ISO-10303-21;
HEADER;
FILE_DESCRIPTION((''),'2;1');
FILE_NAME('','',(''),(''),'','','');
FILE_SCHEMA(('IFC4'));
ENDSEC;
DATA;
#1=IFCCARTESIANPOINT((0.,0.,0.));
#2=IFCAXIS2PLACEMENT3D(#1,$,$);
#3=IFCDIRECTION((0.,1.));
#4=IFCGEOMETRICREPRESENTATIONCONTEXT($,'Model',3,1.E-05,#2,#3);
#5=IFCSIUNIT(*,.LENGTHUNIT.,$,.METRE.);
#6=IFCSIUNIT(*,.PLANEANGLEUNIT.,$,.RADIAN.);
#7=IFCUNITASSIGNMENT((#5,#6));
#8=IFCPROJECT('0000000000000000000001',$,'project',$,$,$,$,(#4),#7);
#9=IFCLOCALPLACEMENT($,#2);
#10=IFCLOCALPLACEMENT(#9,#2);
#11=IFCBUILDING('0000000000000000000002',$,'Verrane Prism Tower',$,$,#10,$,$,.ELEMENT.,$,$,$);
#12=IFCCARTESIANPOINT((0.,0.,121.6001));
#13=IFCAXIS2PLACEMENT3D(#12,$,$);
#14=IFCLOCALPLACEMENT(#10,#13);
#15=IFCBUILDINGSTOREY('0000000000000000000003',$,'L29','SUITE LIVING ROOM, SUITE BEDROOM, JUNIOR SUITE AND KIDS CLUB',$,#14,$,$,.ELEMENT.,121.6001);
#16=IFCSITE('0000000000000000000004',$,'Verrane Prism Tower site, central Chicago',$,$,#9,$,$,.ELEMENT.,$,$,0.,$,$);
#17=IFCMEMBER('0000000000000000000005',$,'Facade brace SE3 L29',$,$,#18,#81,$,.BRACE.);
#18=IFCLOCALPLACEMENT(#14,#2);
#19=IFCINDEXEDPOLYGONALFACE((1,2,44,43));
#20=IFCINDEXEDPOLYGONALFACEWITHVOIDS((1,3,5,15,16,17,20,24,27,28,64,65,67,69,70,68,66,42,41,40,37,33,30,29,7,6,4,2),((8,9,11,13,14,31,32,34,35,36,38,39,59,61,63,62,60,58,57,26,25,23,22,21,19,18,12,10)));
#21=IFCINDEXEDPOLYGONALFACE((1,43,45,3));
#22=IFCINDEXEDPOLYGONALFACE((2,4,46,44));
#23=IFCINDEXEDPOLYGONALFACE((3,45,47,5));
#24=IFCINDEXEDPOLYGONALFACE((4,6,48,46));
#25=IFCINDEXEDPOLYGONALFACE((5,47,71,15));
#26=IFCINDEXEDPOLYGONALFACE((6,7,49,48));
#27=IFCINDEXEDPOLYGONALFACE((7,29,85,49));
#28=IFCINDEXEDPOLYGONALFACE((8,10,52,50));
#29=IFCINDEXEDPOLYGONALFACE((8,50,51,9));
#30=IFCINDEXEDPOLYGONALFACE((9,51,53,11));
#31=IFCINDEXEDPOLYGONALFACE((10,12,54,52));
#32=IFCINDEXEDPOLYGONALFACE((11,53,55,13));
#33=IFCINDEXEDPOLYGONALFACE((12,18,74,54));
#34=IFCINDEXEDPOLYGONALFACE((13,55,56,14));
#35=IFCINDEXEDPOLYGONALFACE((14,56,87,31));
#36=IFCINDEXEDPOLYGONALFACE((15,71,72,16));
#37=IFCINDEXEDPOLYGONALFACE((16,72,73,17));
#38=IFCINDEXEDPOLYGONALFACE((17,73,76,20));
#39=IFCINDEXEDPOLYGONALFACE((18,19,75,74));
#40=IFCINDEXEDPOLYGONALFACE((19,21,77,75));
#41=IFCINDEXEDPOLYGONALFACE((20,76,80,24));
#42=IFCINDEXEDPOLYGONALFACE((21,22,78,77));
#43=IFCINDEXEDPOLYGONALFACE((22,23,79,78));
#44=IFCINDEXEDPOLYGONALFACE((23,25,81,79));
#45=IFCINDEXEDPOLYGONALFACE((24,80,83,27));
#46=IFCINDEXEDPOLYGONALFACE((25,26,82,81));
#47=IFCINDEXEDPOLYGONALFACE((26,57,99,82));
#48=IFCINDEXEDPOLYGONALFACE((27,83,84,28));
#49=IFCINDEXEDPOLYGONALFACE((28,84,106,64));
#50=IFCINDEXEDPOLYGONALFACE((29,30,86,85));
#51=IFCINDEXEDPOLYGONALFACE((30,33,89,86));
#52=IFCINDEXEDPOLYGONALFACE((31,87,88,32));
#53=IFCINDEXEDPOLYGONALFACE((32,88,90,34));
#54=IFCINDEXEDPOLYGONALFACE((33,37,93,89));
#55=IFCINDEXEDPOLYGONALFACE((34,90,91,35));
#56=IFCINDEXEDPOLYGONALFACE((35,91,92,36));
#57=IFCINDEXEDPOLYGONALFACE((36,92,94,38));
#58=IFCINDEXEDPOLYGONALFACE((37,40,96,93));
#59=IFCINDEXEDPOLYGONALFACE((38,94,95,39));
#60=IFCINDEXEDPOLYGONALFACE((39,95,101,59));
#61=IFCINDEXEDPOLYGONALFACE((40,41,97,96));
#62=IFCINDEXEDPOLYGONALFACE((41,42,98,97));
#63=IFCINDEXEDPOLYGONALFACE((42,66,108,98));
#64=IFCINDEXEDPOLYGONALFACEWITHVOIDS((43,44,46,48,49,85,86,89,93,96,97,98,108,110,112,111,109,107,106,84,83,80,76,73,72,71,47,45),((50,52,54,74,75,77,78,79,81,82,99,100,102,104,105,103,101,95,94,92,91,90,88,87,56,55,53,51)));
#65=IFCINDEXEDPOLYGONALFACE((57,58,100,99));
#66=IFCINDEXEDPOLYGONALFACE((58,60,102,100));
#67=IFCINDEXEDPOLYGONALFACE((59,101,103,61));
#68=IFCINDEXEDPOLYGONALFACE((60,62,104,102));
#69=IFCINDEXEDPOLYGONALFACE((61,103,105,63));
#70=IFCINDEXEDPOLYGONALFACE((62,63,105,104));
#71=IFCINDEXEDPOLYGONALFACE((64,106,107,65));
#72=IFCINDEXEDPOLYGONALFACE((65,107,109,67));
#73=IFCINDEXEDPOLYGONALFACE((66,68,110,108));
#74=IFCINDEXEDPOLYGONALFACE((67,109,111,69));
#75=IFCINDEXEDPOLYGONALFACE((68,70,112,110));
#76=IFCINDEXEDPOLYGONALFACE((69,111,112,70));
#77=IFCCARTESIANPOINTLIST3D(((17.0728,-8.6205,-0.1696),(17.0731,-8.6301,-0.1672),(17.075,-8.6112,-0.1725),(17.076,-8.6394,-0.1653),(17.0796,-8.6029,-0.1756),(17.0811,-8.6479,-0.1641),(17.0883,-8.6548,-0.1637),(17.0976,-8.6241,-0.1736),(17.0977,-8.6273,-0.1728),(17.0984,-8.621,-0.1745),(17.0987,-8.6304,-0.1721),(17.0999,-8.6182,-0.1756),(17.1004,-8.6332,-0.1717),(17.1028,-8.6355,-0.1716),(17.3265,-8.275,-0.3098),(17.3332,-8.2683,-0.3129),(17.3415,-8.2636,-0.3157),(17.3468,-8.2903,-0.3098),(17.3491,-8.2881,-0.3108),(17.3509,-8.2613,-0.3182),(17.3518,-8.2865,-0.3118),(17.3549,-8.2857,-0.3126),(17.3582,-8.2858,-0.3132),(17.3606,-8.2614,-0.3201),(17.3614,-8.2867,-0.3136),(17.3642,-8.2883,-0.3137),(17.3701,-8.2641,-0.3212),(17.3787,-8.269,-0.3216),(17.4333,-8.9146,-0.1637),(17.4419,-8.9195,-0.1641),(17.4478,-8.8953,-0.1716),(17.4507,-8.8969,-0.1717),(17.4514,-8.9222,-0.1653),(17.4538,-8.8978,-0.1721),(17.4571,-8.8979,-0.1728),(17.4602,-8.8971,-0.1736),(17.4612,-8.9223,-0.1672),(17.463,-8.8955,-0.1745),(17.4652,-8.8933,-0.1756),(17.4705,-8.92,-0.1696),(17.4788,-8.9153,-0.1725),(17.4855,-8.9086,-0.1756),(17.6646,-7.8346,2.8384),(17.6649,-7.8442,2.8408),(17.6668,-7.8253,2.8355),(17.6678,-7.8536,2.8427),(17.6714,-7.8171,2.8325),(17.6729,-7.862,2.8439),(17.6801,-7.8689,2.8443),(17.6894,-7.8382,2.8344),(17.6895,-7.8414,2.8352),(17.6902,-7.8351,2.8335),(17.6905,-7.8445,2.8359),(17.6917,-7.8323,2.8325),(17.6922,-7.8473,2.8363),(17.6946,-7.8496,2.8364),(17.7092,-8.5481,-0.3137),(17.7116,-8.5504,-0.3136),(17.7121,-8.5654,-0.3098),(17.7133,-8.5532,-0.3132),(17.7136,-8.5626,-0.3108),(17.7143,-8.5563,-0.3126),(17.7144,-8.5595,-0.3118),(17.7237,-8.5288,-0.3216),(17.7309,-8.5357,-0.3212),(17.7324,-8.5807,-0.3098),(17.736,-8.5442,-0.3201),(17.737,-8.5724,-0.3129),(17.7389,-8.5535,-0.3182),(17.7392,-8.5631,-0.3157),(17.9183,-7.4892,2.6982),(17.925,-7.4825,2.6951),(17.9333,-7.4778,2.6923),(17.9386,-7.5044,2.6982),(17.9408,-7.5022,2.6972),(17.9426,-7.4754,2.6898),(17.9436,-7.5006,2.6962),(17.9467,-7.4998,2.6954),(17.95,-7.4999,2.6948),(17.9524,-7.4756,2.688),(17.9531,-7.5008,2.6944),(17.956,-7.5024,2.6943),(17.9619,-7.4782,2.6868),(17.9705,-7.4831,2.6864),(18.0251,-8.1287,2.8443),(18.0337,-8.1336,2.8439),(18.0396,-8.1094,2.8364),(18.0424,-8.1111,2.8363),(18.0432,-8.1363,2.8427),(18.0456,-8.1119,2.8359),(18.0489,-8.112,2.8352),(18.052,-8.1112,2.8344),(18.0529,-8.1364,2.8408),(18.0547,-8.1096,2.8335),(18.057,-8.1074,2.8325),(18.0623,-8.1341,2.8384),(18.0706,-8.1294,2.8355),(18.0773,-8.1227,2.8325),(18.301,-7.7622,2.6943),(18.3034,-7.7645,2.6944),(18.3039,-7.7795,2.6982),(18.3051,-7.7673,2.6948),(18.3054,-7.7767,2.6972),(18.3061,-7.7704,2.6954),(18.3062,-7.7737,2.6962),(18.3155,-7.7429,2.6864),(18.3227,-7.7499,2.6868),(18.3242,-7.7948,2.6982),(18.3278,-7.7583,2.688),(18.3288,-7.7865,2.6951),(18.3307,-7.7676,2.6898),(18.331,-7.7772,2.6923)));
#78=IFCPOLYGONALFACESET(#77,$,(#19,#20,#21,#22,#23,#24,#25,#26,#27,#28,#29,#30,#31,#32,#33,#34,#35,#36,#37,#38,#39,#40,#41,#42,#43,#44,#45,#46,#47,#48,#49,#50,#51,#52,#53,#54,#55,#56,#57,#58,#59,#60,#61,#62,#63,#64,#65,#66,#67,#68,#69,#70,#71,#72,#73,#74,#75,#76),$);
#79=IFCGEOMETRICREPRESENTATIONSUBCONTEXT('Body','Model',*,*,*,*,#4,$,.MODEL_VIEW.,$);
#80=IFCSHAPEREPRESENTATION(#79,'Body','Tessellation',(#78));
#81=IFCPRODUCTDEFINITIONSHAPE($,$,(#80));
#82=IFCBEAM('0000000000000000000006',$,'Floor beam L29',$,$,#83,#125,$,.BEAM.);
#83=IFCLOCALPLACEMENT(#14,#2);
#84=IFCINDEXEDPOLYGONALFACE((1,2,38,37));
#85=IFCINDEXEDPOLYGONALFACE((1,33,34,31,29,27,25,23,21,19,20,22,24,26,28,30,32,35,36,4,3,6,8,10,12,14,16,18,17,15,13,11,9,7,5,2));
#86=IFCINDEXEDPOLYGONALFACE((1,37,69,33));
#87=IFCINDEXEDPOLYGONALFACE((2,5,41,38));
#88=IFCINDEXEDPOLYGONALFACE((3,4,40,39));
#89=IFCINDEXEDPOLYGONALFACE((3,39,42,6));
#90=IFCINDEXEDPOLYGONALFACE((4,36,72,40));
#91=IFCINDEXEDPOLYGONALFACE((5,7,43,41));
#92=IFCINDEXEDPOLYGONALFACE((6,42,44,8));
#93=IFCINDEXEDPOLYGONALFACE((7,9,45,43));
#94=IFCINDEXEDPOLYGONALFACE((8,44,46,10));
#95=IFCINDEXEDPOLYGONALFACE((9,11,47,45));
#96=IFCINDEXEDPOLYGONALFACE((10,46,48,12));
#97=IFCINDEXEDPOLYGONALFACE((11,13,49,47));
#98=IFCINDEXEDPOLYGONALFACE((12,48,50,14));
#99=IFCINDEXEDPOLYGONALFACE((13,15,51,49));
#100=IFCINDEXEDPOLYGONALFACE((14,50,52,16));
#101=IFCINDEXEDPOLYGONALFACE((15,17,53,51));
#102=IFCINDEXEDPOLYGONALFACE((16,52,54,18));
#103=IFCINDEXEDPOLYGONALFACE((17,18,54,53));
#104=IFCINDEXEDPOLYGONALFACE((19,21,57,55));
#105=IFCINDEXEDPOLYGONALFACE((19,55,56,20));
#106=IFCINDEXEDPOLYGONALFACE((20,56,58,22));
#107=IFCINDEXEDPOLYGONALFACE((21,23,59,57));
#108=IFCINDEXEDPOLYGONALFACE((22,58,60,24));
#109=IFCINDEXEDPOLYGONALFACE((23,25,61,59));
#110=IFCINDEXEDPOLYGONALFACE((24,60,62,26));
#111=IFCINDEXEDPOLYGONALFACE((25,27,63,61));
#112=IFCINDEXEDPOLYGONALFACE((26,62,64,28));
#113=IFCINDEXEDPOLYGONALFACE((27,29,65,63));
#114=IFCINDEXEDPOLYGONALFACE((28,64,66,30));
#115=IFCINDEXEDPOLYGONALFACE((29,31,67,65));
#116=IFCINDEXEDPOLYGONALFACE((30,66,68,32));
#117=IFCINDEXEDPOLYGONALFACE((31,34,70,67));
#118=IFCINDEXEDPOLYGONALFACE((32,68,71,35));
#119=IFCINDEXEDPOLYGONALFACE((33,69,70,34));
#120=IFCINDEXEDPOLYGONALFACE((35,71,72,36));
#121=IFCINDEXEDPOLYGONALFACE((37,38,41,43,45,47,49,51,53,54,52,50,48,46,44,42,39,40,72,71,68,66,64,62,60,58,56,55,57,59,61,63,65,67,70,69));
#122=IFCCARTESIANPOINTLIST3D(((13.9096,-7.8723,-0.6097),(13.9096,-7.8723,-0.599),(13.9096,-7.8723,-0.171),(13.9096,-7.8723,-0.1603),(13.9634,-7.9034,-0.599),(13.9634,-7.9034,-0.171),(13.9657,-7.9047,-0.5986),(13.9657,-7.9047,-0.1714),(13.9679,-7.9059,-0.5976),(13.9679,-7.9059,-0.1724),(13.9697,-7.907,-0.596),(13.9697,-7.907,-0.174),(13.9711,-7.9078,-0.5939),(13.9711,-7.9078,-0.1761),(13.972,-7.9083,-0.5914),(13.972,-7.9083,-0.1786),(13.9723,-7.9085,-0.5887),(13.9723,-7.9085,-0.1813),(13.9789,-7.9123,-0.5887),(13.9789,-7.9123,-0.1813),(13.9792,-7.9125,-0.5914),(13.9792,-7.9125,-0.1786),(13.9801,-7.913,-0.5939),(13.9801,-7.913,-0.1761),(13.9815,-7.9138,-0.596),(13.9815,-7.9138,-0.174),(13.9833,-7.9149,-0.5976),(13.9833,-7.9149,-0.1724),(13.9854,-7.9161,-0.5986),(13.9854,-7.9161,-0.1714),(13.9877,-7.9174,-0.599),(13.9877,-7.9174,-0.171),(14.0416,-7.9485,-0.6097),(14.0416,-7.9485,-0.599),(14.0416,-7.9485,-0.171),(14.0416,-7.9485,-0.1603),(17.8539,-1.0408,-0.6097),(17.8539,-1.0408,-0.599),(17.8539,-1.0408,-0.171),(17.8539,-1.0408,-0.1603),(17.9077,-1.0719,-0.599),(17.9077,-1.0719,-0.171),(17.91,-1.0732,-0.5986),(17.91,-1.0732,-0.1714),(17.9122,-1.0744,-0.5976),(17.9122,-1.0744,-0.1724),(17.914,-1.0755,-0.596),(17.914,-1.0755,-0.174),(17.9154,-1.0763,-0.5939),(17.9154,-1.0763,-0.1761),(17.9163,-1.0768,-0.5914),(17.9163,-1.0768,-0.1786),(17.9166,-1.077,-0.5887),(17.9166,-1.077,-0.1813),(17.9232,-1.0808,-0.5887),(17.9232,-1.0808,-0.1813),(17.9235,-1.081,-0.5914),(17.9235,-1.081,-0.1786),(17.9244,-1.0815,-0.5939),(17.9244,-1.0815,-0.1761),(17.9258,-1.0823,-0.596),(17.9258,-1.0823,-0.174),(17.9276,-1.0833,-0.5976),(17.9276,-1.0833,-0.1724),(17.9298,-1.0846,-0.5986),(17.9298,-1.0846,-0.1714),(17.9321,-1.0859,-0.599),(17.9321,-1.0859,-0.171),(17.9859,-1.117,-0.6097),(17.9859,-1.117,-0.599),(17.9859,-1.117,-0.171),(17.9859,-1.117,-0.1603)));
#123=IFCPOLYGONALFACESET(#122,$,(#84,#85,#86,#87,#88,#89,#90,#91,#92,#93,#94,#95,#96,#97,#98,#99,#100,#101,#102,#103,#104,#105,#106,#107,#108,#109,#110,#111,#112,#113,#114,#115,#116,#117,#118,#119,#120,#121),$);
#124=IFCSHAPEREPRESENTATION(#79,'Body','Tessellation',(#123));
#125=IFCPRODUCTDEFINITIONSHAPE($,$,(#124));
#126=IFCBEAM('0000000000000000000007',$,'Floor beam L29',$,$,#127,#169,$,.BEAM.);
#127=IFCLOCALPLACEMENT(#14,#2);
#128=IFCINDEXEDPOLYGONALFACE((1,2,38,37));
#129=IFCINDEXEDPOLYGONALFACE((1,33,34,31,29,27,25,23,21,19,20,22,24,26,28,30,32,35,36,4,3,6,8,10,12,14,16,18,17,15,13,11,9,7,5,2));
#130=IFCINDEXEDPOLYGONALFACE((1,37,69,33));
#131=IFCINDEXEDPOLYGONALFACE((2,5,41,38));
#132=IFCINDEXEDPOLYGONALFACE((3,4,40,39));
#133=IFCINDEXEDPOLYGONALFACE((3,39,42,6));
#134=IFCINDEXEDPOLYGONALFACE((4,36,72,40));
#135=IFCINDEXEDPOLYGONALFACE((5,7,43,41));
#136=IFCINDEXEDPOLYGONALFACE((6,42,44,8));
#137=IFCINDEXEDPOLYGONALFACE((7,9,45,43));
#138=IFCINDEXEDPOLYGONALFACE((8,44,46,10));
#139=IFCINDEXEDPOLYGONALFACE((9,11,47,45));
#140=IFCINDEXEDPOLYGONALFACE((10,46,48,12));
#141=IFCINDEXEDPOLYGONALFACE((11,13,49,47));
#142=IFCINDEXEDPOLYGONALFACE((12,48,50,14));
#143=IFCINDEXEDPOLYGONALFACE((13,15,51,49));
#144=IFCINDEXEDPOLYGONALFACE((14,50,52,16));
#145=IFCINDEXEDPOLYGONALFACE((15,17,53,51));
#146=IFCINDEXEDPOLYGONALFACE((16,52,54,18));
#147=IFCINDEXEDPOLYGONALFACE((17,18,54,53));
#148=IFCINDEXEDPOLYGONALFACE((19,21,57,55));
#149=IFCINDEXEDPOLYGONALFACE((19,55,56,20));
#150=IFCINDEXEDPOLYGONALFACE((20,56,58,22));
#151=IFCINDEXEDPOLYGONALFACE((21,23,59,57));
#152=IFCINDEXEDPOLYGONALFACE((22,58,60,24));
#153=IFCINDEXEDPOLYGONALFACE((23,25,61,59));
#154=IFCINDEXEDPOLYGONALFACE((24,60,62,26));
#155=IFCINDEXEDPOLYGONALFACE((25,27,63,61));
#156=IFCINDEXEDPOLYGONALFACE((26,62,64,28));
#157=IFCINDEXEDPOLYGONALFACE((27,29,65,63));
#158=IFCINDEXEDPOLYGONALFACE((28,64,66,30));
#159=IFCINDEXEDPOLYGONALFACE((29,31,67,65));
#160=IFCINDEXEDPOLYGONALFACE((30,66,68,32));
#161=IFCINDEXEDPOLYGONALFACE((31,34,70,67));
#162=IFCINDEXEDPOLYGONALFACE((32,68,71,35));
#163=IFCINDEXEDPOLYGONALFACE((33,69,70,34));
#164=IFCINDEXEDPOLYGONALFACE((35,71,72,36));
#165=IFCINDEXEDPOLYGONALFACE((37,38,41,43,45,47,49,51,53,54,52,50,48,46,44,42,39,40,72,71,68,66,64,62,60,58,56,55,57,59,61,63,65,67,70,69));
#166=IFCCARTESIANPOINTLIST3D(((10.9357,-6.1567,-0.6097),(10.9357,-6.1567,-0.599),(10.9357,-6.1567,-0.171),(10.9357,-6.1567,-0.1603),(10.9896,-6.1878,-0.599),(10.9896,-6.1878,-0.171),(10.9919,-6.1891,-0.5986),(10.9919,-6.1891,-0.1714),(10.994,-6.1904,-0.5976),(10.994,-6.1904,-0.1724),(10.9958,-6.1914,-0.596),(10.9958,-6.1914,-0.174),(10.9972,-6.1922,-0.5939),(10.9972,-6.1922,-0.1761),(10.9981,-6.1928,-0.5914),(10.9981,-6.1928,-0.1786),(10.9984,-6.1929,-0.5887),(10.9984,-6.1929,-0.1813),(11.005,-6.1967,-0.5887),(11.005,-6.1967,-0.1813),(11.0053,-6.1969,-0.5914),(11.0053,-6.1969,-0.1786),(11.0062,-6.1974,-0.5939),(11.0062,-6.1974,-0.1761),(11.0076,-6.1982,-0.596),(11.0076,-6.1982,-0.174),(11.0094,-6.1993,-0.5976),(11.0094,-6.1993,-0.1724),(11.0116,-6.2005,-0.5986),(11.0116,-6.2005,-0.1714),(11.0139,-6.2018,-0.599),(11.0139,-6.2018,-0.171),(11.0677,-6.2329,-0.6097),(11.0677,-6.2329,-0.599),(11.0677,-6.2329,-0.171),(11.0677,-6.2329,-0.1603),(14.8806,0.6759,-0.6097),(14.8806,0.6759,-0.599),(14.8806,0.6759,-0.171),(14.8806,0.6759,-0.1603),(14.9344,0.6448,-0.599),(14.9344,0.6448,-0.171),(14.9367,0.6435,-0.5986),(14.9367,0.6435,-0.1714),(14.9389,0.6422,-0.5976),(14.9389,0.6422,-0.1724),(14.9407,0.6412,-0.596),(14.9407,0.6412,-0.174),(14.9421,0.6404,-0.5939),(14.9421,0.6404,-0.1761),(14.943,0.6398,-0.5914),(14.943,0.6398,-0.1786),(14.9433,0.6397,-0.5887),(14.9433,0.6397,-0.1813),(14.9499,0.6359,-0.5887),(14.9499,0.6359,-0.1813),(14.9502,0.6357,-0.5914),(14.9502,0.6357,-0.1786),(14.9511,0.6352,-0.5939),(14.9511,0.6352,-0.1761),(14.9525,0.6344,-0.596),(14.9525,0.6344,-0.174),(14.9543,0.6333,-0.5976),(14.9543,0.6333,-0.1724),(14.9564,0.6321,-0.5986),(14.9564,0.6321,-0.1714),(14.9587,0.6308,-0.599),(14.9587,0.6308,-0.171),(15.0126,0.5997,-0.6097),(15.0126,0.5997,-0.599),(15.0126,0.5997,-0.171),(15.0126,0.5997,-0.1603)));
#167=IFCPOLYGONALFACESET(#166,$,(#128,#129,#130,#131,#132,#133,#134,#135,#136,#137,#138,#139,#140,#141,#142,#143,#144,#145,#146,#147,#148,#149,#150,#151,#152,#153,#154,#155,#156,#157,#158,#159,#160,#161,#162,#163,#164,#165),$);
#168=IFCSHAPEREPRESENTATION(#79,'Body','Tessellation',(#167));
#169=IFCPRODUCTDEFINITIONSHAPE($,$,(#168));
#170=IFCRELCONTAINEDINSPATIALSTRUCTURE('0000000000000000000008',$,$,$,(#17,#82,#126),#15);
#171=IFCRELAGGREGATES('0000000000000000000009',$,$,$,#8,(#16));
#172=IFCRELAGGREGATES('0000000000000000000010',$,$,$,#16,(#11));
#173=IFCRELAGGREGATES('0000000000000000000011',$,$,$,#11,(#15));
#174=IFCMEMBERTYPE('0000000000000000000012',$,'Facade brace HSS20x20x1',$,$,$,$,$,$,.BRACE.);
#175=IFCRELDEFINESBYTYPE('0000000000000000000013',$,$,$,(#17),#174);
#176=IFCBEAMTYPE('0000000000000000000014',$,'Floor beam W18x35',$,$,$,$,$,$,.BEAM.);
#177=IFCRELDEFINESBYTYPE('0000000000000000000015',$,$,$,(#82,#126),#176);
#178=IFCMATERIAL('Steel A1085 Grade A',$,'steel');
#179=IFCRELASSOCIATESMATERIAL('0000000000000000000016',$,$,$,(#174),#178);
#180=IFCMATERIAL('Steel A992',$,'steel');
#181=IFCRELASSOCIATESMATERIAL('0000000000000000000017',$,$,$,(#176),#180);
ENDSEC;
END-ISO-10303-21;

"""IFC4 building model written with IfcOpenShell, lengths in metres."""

from ifc_helpers import new_model, si_unit, direction, frame, origin, origin_2d, place, context, subcontext, project, spatial, hollow_rectangle, i_section, extrude, material, material_profile, profile_set, type_object, element, save


model = new_model("IFC4")

# Units and contexts
model_context = context("Model", 3, precision=1e-05, world=origin(), true_north=direction((0.0, 1.0)))
body_context = subcontext(model_context, "Body", "Model", "MODEL_VIEW")
ifc_project = project(units=[si_unit("LENGTHUNIT", "METRE"), si_unit("PLANEANGLEUNIT", "RADIAN")], contexts=[model_context])

# Site, building, storey
site_placement = place(None, origin())
site = spatial("IfcSite", under=ifc_project, at=site_placement, Name="Verrane Prism Tower site, central Chicago", CompositionType="ELEMENT", RefElevation=0.0)
building_placement = place(site_placement, origin())
building = spatial("IfcBuilding", under=site, at=building_placement, Name="Verrane Prism Tower", CompositionType="ELEMENT")
storey_placement = place(building_placement, frame((0.0, 0.0, 121.6001)))
storey = spatial("IfcBuildingStorey", under=building, at=storey_placement, Name="L29", Description="SUITE LIVING ROOM, SUITE BEDROOM, JUNIOR SUITE AND KIDS CLUB", CompositionType="ELEMENT", Elevation=121.6001)

# Member
ifc_material_1 = material(Name="Steel A1085 Grade A", Category="steel")
ifc_material_profile_1 = material_profile(ifc_material_1, hollow_rectangle(XDim=0.5081, YDim=0.5081, WallThickness=0.0254, InnerFilletRadius=0.0127, OuterFilletRadius=0.0381, at=origin_2d()), Name="HSS20x20x1")
ifc_profile_set_1 = profile_set([ifc_material_profile_1], Name="Steel A1085 Grade A")
member_type_1 = type_object("IfcMemberType", Name="Facade brace HSS20x20x1", PredefinedType="BRACE", material=ifc_profile_set_1)
member_1_placement = place(storey_placement, frame((17.406, -8.5918, -0.2427), z_axis=(0.186991, 0.248318, 0.950459), x_axis=(-0.798837, 0.601547, 0.0)))
element("IfcMember", 1, at=member_1_placement, inside=storey, type_object=member_type_1, Name="Facade brace SE3 L29", PredefinedType="BRACE", context=body_context, shape_type="SweptSolid", body=[
    extrude(hollow_rectangle(XDim=0.5081, YDim=0.5081, WallThickness=0.0254, InnerFilletRadius=0.0127, OuterFilletRadius=0.0381, at=origin_2d()), origin(), (0.0, 0.0, 1.0), 3.1648),
])

# Beams
ifc_material_2 = material(Name="Steel A992", Category="steel")
ifc_material_profile_2 = material_profile(ifc_material_2, i_section(OverallWidth=0.1523, OverallDepth=0.4495, WebThickness=0.0076, FlangeThickness=0.0107, FilletRadius=0.0103, at=origin_2d()), Name="W18x35")
ifc_profile_set_2 = profile_set([ifc_material_profile_2], Name="Steel A992")
beam_type_1 = type_object("IfcBeamType", Name="Floor beam W18x35", PredefinedType="BEAM", material=ifc_profile_set_2)
beam_1_placement = place(storey_placement, frame((13.9756, -7.9104, -0.385), z_axis=(0.500014, 0.866018, 0.0), x_axis=(-0.866018, 0.500014, 0.0)))
element("IfcBeam", 2, at=beam_1_placement, inside=storey, type_object=beam_type_1, Name="Floor beam L29", PredefinedType="BEAM", context=body_context, shape_type="SweptSolid", body=[
    extrude(i_section(OverallWidth=0.1523, OverallDepth=0.4495, WebThickness=0.0076, FlangeThickness=0.0107, FilletRadius=0.0103, at=origin_2d()), origin(), (0.0, 0.0, 1.0), 7.8884),
])
beam_2_placement = place(storey_placement, frame((11.0017, -6.1948, -0.385), z_axis=(0.500006, 0.866022, 0.0), x_axis=(-0.866022, 0.500006, 0.0)))
element("IfcBeam", 3, at=beam_2_placement, inside=storey, type_object=beam_type_1, Name="Floor beam L29", PredefinedType="BEAM", context=body_context, shape_type="SweptSolid", body=[
    extrude(i_section(OverallWidth=0.1523, OverallDepth=0.4495, WebThickness=0.0076, FlangeThickness=0.0107, FilletRadius=0.0103, at=origin_2d()), origin(), (0.0, 0.0, 1.0), 7.8896),
])

save(model, "model.ifc")
